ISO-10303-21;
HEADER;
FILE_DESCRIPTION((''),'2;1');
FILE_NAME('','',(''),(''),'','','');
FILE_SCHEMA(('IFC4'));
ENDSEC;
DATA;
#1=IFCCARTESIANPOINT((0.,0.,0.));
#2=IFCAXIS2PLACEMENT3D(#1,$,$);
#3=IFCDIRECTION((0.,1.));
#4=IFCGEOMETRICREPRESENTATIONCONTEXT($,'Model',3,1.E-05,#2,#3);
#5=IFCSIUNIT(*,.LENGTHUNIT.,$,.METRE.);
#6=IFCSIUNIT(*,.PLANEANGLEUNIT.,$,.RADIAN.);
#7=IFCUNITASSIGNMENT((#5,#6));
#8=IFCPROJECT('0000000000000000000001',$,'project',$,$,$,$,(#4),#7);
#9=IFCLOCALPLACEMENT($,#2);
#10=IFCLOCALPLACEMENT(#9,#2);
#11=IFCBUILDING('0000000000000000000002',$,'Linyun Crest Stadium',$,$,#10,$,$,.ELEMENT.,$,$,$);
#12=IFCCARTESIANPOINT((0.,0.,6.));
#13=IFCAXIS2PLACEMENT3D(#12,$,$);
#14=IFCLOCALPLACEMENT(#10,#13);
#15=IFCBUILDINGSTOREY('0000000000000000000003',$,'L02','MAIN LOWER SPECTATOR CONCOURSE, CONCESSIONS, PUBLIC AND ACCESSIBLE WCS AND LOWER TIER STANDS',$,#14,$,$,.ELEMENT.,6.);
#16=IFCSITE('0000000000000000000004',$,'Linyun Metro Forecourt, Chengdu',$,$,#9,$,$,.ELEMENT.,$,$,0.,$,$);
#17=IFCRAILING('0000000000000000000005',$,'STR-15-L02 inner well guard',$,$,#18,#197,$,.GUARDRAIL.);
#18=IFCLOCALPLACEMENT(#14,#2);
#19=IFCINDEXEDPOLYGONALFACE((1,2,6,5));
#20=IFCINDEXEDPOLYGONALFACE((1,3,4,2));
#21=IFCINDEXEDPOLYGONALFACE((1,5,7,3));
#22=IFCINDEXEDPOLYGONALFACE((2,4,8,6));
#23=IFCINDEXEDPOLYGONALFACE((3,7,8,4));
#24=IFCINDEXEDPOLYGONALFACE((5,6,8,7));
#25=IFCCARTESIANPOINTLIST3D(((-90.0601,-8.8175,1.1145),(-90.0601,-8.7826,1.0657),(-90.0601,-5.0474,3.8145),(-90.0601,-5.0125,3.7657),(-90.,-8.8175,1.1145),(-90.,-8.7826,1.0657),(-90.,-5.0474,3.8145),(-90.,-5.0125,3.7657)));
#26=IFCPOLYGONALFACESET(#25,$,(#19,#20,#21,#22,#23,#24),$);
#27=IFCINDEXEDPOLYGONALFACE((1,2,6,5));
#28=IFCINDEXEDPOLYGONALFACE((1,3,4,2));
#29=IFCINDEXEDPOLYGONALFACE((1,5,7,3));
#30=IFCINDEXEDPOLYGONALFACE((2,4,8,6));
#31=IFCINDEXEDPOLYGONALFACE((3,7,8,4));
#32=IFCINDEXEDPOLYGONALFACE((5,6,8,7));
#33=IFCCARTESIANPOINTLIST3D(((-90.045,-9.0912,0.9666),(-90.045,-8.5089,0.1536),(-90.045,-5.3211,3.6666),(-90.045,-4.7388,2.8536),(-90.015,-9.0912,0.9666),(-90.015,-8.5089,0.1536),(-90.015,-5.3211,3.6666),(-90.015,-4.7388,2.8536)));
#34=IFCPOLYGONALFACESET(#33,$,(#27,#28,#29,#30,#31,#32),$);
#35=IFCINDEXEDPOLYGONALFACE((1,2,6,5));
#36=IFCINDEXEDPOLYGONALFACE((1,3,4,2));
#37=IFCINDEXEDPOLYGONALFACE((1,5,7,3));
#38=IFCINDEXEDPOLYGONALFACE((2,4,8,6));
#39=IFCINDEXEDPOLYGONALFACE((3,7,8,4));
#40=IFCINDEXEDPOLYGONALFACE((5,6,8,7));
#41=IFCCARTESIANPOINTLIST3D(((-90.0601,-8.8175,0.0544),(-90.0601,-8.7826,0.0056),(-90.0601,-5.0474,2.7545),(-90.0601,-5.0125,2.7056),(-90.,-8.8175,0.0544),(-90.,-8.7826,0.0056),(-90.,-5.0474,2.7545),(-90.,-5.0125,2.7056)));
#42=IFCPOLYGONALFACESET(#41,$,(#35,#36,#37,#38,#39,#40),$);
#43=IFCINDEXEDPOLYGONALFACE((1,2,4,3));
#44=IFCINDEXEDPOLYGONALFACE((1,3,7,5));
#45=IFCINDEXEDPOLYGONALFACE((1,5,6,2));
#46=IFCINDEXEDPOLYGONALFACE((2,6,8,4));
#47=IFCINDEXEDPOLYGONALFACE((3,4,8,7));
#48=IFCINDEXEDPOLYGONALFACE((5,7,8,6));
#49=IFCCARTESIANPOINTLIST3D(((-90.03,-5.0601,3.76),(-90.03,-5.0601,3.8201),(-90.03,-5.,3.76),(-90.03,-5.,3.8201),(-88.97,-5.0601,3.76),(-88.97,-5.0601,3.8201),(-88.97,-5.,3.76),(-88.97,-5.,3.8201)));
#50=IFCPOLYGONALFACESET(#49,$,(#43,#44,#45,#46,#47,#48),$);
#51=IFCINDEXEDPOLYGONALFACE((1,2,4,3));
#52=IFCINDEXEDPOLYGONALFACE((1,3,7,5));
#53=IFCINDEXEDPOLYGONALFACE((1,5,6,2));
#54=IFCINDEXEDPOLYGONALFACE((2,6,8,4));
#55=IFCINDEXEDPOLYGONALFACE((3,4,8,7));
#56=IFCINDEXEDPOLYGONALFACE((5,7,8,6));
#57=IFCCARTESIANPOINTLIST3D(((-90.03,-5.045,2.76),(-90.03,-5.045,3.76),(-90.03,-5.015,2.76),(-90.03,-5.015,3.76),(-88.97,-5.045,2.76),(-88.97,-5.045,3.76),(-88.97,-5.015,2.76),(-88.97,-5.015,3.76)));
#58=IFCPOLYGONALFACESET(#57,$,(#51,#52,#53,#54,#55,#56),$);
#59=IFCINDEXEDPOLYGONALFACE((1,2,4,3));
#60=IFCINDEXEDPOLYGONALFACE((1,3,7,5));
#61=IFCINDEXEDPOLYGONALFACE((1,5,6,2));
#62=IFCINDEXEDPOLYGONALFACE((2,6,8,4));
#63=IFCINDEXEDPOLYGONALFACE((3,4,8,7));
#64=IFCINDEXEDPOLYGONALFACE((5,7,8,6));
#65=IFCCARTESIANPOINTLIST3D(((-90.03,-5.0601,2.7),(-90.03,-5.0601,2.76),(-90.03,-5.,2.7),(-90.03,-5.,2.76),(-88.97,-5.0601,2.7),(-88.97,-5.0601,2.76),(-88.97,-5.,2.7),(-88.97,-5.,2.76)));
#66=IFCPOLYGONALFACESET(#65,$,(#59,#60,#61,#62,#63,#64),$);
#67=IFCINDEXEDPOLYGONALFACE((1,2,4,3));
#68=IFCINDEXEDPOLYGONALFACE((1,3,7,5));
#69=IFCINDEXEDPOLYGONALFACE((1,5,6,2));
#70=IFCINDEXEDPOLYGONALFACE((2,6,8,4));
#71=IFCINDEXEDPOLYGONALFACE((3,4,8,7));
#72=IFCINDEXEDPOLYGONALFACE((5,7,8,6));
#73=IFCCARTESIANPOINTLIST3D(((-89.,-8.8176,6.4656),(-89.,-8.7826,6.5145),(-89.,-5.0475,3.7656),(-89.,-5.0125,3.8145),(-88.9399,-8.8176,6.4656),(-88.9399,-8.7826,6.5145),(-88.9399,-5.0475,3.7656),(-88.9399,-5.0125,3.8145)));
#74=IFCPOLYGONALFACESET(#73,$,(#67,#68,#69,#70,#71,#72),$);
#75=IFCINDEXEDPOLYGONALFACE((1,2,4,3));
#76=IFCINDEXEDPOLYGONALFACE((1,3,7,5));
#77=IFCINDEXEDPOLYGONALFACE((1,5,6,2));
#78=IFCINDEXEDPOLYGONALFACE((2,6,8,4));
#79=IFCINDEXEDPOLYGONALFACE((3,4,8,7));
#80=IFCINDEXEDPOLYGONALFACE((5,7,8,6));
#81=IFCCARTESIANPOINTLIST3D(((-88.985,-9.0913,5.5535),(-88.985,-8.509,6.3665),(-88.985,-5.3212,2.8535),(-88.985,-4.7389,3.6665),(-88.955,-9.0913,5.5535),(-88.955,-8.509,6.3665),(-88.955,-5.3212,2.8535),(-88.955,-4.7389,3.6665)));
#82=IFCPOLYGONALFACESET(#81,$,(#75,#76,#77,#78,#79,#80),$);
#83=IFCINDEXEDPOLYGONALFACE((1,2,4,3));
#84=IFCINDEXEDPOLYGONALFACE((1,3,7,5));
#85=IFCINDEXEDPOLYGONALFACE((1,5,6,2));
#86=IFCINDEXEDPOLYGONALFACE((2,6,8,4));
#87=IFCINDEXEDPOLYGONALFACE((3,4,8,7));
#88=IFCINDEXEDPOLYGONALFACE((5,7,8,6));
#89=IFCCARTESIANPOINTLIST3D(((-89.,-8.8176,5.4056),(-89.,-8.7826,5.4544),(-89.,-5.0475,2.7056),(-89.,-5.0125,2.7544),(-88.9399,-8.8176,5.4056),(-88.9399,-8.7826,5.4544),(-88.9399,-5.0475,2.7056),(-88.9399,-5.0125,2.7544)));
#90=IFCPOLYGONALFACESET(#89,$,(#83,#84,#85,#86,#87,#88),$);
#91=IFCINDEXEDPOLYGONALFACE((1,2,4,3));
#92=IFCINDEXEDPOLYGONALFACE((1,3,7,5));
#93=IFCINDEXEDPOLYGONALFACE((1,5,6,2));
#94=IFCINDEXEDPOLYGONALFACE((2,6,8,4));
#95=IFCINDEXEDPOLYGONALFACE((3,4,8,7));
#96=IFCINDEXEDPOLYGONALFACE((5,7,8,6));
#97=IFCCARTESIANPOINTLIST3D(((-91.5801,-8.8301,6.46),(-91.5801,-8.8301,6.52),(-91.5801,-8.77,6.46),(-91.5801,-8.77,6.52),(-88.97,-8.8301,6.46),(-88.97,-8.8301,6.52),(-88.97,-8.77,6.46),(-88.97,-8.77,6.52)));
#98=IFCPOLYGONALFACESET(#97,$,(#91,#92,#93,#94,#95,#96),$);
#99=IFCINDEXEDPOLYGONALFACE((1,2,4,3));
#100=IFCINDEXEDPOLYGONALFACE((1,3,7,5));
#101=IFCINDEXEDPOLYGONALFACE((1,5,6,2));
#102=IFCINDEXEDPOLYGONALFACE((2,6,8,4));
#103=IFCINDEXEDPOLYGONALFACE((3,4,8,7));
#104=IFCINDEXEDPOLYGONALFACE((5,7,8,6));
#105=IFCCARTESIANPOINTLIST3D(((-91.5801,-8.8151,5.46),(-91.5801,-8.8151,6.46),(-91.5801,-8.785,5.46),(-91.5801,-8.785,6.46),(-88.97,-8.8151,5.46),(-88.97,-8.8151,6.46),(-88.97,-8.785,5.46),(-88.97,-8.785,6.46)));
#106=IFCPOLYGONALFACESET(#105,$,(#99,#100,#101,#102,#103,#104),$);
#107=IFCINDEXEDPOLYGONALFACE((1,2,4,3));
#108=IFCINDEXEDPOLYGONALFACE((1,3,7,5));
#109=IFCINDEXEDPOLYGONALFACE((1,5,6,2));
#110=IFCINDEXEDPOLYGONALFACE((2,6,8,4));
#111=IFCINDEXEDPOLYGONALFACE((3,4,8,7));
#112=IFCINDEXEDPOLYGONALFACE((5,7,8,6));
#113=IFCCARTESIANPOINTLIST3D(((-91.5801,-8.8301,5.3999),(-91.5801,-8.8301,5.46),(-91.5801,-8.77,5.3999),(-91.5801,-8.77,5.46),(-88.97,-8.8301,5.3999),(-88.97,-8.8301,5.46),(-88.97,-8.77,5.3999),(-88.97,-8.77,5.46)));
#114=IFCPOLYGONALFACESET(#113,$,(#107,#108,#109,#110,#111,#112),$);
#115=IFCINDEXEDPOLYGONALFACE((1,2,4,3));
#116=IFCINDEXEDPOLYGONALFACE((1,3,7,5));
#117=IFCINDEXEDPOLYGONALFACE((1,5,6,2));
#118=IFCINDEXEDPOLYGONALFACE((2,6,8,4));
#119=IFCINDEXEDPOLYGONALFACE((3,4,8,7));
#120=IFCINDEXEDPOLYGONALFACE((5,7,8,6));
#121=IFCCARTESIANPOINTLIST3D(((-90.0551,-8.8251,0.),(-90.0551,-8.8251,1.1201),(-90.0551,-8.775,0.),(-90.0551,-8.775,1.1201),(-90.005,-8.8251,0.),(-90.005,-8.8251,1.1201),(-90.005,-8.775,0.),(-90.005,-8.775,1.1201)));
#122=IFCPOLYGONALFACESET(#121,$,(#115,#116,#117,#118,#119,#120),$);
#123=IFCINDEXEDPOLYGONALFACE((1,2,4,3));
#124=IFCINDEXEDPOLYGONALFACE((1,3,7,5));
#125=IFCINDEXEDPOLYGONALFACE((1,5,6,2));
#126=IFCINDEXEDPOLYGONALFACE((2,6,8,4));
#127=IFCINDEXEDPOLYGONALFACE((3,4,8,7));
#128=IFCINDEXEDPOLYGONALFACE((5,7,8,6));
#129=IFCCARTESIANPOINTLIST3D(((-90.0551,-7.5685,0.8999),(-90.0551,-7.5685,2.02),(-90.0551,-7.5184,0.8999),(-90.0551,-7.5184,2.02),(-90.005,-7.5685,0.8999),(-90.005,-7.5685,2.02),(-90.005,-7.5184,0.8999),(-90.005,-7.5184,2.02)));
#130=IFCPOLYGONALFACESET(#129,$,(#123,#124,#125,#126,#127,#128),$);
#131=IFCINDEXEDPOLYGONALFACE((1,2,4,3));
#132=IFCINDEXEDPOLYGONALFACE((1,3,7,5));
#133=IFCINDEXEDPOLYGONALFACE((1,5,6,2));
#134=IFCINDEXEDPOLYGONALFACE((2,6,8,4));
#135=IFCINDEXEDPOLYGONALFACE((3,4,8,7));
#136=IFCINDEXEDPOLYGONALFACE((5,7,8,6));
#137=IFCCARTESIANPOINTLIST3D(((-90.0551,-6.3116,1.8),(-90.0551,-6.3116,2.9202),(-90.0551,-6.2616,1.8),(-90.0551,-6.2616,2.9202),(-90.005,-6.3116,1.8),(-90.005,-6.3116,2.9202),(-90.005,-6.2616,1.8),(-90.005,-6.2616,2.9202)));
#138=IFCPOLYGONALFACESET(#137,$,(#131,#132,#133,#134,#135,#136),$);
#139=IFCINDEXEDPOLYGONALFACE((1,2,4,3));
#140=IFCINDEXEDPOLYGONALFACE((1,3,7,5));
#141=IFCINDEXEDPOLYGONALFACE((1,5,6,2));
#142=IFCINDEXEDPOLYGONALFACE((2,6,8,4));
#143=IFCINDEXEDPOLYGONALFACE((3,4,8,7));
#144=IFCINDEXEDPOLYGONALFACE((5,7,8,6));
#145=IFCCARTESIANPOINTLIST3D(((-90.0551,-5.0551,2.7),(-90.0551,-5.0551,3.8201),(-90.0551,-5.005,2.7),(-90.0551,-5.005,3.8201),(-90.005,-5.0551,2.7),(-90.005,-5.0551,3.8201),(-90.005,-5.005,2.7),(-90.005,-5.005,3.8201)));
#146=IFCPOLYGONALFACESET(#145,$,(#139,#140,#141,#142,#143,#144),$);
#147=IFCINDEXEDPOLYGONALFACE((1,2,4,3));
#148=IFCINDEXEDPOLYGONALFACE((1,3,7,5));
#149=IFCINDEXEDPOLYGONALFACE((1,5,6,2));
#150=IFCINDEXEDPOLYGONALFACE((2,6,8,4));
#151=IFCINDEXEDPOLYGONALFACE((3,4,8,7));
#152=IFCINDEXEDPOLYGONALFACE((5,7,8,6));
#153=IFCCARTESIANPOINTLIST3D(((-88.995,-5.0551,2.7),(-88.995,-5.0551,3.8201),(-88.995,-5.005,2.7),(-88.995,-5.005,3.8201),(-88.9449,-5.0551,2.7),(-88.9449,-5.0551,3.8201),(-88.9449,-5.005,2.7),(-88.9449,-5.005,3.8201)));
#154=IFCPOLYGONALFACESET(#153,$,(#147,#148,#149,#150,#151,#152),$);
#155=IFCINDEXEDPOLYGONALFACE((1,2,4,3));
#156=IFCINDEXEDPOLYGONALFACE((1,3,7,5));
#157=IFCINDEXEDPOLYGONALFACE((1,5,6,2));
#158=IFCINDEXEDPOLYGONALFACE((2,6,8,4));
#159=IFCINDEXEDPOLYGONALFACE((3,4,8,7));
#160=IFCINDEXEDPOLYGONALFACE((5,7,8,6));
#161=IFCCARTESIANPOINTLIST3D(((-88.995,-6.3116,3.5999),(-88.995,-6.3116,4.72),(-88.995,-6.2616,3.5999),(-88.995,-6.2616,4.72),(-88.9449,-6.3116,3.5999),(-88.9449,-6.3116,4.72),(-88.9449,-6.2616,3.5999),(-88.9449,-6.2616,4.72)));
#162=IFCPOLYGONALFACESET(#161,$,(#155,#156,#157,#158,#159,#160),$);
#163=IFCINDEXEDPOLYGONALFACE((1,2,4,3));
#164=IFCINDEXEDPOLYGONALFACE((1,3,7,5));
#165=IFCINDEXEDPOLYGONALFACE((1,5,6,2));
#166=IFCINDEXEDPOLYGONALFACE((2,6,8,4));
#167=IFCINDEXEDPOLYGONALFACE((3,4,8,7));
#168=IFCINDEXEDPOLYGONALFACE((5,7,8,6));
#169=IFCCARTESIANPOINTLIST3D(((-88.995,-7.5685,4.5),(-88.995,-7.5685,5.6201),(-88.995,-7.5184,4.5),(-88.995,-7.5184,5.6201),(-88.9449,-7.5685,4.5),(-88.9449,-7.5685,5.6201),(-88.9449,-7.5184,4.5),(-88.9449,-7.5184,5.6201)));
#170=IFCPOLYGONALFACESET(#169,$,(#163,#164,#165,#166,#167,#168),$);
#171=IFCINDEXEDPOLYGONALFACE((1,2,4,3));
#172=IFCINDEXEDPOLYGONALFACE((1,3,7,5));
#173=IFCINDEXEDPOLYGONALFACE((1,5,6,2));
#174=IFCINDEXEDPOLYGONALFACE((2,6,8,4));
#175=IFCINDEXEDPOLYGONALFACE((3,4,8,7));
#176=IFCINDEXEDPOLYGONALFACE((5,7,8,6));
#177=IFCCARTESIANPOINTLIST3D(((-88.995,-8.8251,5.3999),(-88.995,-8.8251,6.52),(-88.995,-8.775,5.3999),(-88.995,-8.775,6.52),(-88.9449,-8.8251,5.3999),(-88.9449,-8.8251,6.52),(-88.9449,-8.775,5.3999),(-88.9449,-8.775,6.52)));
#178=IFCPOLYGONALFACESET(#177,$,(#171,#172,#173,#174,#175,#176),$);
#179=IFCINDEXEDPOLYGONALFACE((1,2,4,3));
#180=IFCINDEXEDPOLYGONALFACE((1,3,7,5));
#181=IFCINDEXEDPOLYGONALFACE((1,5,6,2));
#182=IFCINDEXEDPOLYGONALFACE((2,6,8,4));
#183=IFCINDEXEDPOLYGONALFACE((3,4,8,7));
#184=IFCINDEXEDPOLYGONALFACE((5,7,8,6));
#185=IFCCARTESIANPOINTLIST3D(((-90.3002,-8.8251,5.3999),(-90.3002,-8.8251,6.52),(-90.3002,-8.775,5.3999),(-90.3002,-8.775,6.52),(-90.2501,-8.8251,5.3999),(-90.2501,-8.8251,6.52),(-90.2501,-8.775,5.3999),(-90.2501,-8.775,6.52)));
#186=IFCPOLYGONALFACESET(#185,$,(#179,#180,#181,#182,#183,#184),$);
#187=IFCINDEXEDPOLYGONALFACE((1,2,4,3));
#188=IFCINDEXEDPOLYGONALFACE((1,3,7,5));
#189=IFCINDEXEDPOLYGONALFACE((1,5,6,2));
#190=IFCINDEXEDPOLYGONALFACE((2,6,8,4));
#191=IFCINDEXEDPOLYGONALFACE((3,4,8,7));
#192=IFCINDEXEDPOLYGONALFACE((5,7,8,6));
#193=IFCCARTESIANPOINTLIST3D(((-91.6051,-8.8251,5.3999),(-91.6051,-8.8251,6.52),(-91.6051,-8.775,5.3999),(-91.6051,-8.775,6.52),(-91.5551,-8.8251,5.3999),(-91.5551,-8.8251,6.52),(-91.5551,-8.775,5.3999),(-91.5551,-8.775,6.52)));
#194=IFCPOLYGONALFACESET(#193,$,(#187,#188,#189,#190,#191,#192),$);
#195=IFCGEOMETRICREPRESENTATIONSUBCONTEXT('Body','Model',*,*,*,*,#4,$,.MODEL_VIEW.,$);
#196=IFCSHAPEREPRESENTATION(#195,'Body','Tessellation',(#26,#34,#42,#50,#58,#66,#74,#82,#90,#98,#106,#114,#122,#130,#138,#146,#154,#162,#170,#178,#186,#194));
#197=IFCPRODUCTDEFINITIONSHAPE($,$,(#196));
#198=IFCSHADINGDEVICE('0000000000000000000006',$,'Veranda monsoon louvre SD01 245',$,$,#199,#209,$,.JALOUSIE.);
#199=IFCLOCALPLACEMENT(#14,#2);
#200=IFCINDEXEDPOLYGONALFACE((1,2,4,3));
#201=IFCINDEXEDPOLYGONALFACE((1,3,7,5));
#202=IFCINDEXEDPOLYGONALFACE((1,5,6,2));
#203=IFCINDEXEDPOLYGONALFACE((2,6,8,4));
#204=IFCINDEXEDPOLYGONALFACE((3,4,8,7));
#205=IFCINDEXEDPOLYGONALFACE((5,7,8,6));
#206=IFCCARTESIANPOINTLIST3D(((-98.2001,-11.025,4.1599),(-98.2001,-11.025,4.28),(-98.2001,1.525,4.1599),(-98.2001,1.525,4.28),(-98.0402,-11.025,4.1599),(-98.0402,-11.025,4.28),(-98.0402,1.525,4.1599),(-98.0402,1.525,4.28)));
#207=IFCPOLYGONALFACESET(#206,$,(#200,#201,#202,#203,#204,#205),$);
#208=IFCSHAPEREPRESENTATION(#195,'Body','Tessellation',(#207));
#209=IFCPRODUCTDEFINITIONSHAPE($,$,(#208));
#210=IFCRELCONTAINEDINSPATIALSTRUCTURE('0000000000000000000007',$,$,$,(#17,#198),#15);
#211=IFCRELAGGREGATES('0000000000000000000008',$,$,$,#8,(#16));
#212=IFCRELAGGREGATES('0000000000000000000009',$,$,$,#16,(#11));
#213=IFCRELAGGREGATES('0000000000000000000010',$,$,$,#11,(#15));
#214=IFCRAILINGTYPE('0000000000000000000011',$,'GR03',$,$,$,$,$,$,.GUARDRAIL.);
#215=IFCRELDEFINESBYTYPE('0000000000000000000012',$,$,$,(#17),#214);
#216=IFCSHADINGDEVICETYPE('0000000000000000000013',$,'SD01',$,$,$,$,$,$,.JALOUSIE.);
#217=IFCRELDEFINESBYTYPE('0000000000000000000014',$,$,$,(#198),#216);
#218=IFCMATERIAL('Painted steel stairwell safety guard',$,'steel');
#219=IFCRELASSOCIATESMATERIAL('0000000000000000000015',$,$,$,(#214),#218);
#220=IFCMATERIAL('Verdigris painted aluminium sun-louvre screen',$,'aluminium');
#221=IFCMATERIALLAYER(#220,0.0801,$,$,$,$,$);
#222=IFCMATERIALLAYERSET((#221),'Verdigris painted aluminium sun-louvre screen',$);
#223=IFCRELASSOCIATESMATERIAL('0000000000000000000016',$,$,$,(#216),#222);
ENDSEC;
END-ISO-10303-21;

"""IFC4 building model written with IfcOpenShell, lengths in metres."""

from ifc_helpers import new_model, si_unit, direction, frame, origin, origin_2d, place, context, subcontext, project, spatial, rectangle, extrude, material, layer, layer_set, type_object, element, save


model = new_model("IFC4")

# Units and contexts
model_context = context("Model", 3, precision=1e-05, world=origin(), true_north=direction((0.0, 1.0)))
body_context = subcontext(model_context, "Body", "Model", "MODEL_VIEW")
ifc_project = project(units=[si_unit("LENGTHUNIT", "METRE"), si_unit("PLANEANGLEUNIT", "RADIAN")], contexts=[model_context])

# Site, building, storey
site_placement = place(None, origin())
site = spatial("IfcSite", under=ifc_project, at=site_placement, Name="Linyun Metro Forecourt, Chengdu", CompositionType="ELEMENT", RefElevation=0.0)
building_placement = place(site_placement, origin())
building = spatial("IfcBuilding", under=site, at=building_placement, Name="Linyun Crest Stadium", CompositionType="ELEMENT")
storey_placement = place(building_placement, frame((0.0, 0.0, 6.0)))
storey = spatial("IfcBuildingStorey", under=building, at=storey_placement, Name="L02", Description="MAIN LOWER SPECTATOR CONCOURSE, CONCESSIONS, PUBLIC AND ACCESSIBLE WCS AND LOWER TIER STANDS", CompositionType="ELEMENT", Elevation=6.0)

# Railing
ifc_material_1 = material(Name="Painted steel stairwell safety guard", Category="steel")
railing_type_1 = type_object("IfcRailingType", Name="GR03", PredefinedType="GUARDRAIL", material=ifc_material_1)
railing_1_placement = place(storey_placement, frame((-90.03, -8.8, 0.0)))
element("IfcRailing", 1, at=railing_1_placement, inside=storey, type_object=railing_type_1, Name="STR-15-L02 inner well guard", PredefinedType="GUARDRAIL", context=body_context, shape_type="SweptSolid", body=[
    extrude(rectangle(XDim=0.0601, YDim=0.0601, at=origin_2d()), frame((0.0, 0.0, 1.0901), z_axis=(0.0, 0.813011, 0.582249), x_axis=(-1.0, 0.0, 0.0)), (0.0, 0.0, 1.0), 4.6372),
    extrude(rectangle(XDim=0.03, YDim=1.0, at=origin_2d()), frame((0.0, 0.0, 0.5601), z_axis=(0.0, 0.813011, 0.582249), x_axis=(-1.0, 0.0, 0.0)), (0.0, 0.0, 1.0), 4.6372),
    extrude(rectangle(XDim=0.0601, YDim=0.0601, at=origin_2d()), frame((0.0, 0.0, 0.03), z_axis=(0.0, 0.813011, 0.582249), x_axis=(-1.0, 0.0, 0.0)), (0.0, 0.0, 1.0), 4.6372),
    extrude(rectangle(XDim=0.0601, YDim=0.0601, at=origin_2d()), frame((0.0, 3.77, 3.79), z_axis=(1.0, 0.0, 0.0), x_axis=(0.0, 1.0, 0.0)), (0.0, 0.0, 1.0), 1.0601),
    extrude(rectangle(XDim=0.03, YDim=1.0, at=origin_2d()), frame((0.0, 3.77, 3.26), z_axis=(1.0, 0.0, 0.0), x_axis=(0.0, 1.0, 0.0)), (0.0, 0.0, 1.0), 1.0601),
    extrude(rectangle(XDim=0.0601, YDim=0.0601, at=origin_2d()), frame((0.0, 3.77, 2.73), z_axis=(1.0, 0.0, 0.0), x_axis=(0.0, 1.0, 0.0)), (0.0, 0.0, 1.0), 1.0601),
    extrude(rectangle(XDim=0.0601, YDim=0.0601, at=origin_2d()), frame((1.0601, 3.77, 3.79), z_axis=(0.0, -0.813011, 0.582249), x_axis=(1.0, 0.0, 0.0)), (0.0, 0.0, 1.0), 4.6372),
    extrude(rectangle(XDim=0.03, YDim=1.0, at=origin_2d()), frame((1.0601, 3.77, 3.26), z_axis=(0.0, -0.813011, 0.582249), x_axis=(1.0, 0.0, 0.0)), (0.0, 0.0, 1.0), 4.6372),
    extrude(rectangle(XDim=0.0601, YDim=0.0601, at=origin_2d()), frame((1.0601, 3.77, 2.73), z_axis=(0.0, -0.813011, 0.582249), x_axis=(1.0, 0.0, 0.0)), (0.0, 0.0, 1.0), 4.6372),
    extrude(rectangle(XDim=0.0601, YDim=0.0601, at=origin_2d()), frame((1.0601, 0.0, 6.49), z_axis=(-1.0, 0.0, 0.0), x_axis=(0.0, -1.0, 0.0)), (0.0, 0.0, 1.0), 2.6101),
    extrude(rectangle(XDim=0.03, YDim=1.0, at=origin_2d()), frame((1.0601, 0.0, 5.96), z_axis=(-1.0, 0.0, 0.0), x_axis=(0.0, -1.0, 0.0)), (0.0, 0.0, 1.0), 2.6101),
    extrude(rectangle(XDim=0.0601, YDim=0.0601, at=origin_2d()), frame((1.0601, 0.0, 5.4299), z_axis=(-1.0, 0.0, 0.0), x_axis=(0.0, -1.0, 0.0)), (0.0, 0.0, 1.0), 2.6101),
    extrude(rectangle(XDim=0.05, YDim=0.05, at=origin_2d()), origin(), (0.0, 0.0, 1.0), 1.1201),
    extrude(rectangle(XDim=0.05, YDim=0.05, at=origin_2d()), frame((0.0, 1.2566, 0.8999)), (0.0, 0.0, 1.0), 1.1201),
    extrude(rectangle(XDim=0.05, YDim=0.05, at=origin_2d()), frame((0.0, 2.5134, 1.8)), (0.0, 0.0, 1.0), 1.1201),
    extrude(rectangle(XDim=0.05, YDim=0.05, at=origin_2d()), frame((0.0, 3.77, 2.7)), (0.0, 0.0, 1.0), 1.1201),
    extrude(rectangle(XDim=0.05, YDim=0.05, at=origin_2d()), frame((1.0601, 3.77, 2.7)), (0.0, 0.0, 1.0), 1.1201),
    extrude(rectangle(XDim=0.05, YDim=0.05, at=origin_2d()), frame((1.0601, 2.5134, 3.5999)), (0.0, 0.0, 1.0), 1.1201),
    extrude(rectangle(XDim=0.05, YDim=0.05, at=origin_2d()), frame((1.0601, 1.2566, 4.5)), (0.0, 0.0, 1.0), 1.1201),
    extrude(rectangle(XDim=0.05, YDim=0.05, at=origin_2d()), frame((1.0601, 0.0, 5.3999)), (0.0, 0.0, 1.0), 1.1201),
    extrude(rectangle(XDim=0.05, YDim=0.05, at=origin_2d()), frame((-0.2451, 0.0, 5.3999)), (0.0, 0.0, 1.0), 1.1201),
    extrude(rectangle(XDim=0.05, YDim=0.05, at=origin_2d()), frame((-1.55, 0.0, 5.3999)), (0.0, 0.0, 1.0), 1.1201),
])

# Shading device
ifc_material_2 = material(Name="Verdigris painted aluminium sun-louvre screen", Category="aluminium")
ifc_layer_1 = layer(ifc_material_2, 0.0801)
ifc_layer_set_1 = layer_set([ifc_layer_1], Name="Verdigris painted aluminium sun-louvre screen")
shading_device_type = type_object("IfcShadingDeviceType", Name="SD01", PredefinedType="JALOUSIE", material=ifc_layer_set_1)
shading_device_placement = place(storey_placement, frame((-98.1201, -4.75, 4.1599), z_axis=(0.0, 0.0, 1.0), x_axis=(1.0, 0.0, 0.0)))
element("IfcShadingDevice", 2, at=shading_device_placement, inside=storey, type_object=shading_device_type, Name="Veranda monsoon louvre SD01 245", PredefinedType="JALOUSIE", context=body_context, shape_type="SweptSolid", body=[
    extrude(rectangle(XDim=0.1599, YDim=12.55, at=origin_2d()), origin(), (0.0, 0.0, 1.0), 0.1201),
])

save(model, "model.ifc")
